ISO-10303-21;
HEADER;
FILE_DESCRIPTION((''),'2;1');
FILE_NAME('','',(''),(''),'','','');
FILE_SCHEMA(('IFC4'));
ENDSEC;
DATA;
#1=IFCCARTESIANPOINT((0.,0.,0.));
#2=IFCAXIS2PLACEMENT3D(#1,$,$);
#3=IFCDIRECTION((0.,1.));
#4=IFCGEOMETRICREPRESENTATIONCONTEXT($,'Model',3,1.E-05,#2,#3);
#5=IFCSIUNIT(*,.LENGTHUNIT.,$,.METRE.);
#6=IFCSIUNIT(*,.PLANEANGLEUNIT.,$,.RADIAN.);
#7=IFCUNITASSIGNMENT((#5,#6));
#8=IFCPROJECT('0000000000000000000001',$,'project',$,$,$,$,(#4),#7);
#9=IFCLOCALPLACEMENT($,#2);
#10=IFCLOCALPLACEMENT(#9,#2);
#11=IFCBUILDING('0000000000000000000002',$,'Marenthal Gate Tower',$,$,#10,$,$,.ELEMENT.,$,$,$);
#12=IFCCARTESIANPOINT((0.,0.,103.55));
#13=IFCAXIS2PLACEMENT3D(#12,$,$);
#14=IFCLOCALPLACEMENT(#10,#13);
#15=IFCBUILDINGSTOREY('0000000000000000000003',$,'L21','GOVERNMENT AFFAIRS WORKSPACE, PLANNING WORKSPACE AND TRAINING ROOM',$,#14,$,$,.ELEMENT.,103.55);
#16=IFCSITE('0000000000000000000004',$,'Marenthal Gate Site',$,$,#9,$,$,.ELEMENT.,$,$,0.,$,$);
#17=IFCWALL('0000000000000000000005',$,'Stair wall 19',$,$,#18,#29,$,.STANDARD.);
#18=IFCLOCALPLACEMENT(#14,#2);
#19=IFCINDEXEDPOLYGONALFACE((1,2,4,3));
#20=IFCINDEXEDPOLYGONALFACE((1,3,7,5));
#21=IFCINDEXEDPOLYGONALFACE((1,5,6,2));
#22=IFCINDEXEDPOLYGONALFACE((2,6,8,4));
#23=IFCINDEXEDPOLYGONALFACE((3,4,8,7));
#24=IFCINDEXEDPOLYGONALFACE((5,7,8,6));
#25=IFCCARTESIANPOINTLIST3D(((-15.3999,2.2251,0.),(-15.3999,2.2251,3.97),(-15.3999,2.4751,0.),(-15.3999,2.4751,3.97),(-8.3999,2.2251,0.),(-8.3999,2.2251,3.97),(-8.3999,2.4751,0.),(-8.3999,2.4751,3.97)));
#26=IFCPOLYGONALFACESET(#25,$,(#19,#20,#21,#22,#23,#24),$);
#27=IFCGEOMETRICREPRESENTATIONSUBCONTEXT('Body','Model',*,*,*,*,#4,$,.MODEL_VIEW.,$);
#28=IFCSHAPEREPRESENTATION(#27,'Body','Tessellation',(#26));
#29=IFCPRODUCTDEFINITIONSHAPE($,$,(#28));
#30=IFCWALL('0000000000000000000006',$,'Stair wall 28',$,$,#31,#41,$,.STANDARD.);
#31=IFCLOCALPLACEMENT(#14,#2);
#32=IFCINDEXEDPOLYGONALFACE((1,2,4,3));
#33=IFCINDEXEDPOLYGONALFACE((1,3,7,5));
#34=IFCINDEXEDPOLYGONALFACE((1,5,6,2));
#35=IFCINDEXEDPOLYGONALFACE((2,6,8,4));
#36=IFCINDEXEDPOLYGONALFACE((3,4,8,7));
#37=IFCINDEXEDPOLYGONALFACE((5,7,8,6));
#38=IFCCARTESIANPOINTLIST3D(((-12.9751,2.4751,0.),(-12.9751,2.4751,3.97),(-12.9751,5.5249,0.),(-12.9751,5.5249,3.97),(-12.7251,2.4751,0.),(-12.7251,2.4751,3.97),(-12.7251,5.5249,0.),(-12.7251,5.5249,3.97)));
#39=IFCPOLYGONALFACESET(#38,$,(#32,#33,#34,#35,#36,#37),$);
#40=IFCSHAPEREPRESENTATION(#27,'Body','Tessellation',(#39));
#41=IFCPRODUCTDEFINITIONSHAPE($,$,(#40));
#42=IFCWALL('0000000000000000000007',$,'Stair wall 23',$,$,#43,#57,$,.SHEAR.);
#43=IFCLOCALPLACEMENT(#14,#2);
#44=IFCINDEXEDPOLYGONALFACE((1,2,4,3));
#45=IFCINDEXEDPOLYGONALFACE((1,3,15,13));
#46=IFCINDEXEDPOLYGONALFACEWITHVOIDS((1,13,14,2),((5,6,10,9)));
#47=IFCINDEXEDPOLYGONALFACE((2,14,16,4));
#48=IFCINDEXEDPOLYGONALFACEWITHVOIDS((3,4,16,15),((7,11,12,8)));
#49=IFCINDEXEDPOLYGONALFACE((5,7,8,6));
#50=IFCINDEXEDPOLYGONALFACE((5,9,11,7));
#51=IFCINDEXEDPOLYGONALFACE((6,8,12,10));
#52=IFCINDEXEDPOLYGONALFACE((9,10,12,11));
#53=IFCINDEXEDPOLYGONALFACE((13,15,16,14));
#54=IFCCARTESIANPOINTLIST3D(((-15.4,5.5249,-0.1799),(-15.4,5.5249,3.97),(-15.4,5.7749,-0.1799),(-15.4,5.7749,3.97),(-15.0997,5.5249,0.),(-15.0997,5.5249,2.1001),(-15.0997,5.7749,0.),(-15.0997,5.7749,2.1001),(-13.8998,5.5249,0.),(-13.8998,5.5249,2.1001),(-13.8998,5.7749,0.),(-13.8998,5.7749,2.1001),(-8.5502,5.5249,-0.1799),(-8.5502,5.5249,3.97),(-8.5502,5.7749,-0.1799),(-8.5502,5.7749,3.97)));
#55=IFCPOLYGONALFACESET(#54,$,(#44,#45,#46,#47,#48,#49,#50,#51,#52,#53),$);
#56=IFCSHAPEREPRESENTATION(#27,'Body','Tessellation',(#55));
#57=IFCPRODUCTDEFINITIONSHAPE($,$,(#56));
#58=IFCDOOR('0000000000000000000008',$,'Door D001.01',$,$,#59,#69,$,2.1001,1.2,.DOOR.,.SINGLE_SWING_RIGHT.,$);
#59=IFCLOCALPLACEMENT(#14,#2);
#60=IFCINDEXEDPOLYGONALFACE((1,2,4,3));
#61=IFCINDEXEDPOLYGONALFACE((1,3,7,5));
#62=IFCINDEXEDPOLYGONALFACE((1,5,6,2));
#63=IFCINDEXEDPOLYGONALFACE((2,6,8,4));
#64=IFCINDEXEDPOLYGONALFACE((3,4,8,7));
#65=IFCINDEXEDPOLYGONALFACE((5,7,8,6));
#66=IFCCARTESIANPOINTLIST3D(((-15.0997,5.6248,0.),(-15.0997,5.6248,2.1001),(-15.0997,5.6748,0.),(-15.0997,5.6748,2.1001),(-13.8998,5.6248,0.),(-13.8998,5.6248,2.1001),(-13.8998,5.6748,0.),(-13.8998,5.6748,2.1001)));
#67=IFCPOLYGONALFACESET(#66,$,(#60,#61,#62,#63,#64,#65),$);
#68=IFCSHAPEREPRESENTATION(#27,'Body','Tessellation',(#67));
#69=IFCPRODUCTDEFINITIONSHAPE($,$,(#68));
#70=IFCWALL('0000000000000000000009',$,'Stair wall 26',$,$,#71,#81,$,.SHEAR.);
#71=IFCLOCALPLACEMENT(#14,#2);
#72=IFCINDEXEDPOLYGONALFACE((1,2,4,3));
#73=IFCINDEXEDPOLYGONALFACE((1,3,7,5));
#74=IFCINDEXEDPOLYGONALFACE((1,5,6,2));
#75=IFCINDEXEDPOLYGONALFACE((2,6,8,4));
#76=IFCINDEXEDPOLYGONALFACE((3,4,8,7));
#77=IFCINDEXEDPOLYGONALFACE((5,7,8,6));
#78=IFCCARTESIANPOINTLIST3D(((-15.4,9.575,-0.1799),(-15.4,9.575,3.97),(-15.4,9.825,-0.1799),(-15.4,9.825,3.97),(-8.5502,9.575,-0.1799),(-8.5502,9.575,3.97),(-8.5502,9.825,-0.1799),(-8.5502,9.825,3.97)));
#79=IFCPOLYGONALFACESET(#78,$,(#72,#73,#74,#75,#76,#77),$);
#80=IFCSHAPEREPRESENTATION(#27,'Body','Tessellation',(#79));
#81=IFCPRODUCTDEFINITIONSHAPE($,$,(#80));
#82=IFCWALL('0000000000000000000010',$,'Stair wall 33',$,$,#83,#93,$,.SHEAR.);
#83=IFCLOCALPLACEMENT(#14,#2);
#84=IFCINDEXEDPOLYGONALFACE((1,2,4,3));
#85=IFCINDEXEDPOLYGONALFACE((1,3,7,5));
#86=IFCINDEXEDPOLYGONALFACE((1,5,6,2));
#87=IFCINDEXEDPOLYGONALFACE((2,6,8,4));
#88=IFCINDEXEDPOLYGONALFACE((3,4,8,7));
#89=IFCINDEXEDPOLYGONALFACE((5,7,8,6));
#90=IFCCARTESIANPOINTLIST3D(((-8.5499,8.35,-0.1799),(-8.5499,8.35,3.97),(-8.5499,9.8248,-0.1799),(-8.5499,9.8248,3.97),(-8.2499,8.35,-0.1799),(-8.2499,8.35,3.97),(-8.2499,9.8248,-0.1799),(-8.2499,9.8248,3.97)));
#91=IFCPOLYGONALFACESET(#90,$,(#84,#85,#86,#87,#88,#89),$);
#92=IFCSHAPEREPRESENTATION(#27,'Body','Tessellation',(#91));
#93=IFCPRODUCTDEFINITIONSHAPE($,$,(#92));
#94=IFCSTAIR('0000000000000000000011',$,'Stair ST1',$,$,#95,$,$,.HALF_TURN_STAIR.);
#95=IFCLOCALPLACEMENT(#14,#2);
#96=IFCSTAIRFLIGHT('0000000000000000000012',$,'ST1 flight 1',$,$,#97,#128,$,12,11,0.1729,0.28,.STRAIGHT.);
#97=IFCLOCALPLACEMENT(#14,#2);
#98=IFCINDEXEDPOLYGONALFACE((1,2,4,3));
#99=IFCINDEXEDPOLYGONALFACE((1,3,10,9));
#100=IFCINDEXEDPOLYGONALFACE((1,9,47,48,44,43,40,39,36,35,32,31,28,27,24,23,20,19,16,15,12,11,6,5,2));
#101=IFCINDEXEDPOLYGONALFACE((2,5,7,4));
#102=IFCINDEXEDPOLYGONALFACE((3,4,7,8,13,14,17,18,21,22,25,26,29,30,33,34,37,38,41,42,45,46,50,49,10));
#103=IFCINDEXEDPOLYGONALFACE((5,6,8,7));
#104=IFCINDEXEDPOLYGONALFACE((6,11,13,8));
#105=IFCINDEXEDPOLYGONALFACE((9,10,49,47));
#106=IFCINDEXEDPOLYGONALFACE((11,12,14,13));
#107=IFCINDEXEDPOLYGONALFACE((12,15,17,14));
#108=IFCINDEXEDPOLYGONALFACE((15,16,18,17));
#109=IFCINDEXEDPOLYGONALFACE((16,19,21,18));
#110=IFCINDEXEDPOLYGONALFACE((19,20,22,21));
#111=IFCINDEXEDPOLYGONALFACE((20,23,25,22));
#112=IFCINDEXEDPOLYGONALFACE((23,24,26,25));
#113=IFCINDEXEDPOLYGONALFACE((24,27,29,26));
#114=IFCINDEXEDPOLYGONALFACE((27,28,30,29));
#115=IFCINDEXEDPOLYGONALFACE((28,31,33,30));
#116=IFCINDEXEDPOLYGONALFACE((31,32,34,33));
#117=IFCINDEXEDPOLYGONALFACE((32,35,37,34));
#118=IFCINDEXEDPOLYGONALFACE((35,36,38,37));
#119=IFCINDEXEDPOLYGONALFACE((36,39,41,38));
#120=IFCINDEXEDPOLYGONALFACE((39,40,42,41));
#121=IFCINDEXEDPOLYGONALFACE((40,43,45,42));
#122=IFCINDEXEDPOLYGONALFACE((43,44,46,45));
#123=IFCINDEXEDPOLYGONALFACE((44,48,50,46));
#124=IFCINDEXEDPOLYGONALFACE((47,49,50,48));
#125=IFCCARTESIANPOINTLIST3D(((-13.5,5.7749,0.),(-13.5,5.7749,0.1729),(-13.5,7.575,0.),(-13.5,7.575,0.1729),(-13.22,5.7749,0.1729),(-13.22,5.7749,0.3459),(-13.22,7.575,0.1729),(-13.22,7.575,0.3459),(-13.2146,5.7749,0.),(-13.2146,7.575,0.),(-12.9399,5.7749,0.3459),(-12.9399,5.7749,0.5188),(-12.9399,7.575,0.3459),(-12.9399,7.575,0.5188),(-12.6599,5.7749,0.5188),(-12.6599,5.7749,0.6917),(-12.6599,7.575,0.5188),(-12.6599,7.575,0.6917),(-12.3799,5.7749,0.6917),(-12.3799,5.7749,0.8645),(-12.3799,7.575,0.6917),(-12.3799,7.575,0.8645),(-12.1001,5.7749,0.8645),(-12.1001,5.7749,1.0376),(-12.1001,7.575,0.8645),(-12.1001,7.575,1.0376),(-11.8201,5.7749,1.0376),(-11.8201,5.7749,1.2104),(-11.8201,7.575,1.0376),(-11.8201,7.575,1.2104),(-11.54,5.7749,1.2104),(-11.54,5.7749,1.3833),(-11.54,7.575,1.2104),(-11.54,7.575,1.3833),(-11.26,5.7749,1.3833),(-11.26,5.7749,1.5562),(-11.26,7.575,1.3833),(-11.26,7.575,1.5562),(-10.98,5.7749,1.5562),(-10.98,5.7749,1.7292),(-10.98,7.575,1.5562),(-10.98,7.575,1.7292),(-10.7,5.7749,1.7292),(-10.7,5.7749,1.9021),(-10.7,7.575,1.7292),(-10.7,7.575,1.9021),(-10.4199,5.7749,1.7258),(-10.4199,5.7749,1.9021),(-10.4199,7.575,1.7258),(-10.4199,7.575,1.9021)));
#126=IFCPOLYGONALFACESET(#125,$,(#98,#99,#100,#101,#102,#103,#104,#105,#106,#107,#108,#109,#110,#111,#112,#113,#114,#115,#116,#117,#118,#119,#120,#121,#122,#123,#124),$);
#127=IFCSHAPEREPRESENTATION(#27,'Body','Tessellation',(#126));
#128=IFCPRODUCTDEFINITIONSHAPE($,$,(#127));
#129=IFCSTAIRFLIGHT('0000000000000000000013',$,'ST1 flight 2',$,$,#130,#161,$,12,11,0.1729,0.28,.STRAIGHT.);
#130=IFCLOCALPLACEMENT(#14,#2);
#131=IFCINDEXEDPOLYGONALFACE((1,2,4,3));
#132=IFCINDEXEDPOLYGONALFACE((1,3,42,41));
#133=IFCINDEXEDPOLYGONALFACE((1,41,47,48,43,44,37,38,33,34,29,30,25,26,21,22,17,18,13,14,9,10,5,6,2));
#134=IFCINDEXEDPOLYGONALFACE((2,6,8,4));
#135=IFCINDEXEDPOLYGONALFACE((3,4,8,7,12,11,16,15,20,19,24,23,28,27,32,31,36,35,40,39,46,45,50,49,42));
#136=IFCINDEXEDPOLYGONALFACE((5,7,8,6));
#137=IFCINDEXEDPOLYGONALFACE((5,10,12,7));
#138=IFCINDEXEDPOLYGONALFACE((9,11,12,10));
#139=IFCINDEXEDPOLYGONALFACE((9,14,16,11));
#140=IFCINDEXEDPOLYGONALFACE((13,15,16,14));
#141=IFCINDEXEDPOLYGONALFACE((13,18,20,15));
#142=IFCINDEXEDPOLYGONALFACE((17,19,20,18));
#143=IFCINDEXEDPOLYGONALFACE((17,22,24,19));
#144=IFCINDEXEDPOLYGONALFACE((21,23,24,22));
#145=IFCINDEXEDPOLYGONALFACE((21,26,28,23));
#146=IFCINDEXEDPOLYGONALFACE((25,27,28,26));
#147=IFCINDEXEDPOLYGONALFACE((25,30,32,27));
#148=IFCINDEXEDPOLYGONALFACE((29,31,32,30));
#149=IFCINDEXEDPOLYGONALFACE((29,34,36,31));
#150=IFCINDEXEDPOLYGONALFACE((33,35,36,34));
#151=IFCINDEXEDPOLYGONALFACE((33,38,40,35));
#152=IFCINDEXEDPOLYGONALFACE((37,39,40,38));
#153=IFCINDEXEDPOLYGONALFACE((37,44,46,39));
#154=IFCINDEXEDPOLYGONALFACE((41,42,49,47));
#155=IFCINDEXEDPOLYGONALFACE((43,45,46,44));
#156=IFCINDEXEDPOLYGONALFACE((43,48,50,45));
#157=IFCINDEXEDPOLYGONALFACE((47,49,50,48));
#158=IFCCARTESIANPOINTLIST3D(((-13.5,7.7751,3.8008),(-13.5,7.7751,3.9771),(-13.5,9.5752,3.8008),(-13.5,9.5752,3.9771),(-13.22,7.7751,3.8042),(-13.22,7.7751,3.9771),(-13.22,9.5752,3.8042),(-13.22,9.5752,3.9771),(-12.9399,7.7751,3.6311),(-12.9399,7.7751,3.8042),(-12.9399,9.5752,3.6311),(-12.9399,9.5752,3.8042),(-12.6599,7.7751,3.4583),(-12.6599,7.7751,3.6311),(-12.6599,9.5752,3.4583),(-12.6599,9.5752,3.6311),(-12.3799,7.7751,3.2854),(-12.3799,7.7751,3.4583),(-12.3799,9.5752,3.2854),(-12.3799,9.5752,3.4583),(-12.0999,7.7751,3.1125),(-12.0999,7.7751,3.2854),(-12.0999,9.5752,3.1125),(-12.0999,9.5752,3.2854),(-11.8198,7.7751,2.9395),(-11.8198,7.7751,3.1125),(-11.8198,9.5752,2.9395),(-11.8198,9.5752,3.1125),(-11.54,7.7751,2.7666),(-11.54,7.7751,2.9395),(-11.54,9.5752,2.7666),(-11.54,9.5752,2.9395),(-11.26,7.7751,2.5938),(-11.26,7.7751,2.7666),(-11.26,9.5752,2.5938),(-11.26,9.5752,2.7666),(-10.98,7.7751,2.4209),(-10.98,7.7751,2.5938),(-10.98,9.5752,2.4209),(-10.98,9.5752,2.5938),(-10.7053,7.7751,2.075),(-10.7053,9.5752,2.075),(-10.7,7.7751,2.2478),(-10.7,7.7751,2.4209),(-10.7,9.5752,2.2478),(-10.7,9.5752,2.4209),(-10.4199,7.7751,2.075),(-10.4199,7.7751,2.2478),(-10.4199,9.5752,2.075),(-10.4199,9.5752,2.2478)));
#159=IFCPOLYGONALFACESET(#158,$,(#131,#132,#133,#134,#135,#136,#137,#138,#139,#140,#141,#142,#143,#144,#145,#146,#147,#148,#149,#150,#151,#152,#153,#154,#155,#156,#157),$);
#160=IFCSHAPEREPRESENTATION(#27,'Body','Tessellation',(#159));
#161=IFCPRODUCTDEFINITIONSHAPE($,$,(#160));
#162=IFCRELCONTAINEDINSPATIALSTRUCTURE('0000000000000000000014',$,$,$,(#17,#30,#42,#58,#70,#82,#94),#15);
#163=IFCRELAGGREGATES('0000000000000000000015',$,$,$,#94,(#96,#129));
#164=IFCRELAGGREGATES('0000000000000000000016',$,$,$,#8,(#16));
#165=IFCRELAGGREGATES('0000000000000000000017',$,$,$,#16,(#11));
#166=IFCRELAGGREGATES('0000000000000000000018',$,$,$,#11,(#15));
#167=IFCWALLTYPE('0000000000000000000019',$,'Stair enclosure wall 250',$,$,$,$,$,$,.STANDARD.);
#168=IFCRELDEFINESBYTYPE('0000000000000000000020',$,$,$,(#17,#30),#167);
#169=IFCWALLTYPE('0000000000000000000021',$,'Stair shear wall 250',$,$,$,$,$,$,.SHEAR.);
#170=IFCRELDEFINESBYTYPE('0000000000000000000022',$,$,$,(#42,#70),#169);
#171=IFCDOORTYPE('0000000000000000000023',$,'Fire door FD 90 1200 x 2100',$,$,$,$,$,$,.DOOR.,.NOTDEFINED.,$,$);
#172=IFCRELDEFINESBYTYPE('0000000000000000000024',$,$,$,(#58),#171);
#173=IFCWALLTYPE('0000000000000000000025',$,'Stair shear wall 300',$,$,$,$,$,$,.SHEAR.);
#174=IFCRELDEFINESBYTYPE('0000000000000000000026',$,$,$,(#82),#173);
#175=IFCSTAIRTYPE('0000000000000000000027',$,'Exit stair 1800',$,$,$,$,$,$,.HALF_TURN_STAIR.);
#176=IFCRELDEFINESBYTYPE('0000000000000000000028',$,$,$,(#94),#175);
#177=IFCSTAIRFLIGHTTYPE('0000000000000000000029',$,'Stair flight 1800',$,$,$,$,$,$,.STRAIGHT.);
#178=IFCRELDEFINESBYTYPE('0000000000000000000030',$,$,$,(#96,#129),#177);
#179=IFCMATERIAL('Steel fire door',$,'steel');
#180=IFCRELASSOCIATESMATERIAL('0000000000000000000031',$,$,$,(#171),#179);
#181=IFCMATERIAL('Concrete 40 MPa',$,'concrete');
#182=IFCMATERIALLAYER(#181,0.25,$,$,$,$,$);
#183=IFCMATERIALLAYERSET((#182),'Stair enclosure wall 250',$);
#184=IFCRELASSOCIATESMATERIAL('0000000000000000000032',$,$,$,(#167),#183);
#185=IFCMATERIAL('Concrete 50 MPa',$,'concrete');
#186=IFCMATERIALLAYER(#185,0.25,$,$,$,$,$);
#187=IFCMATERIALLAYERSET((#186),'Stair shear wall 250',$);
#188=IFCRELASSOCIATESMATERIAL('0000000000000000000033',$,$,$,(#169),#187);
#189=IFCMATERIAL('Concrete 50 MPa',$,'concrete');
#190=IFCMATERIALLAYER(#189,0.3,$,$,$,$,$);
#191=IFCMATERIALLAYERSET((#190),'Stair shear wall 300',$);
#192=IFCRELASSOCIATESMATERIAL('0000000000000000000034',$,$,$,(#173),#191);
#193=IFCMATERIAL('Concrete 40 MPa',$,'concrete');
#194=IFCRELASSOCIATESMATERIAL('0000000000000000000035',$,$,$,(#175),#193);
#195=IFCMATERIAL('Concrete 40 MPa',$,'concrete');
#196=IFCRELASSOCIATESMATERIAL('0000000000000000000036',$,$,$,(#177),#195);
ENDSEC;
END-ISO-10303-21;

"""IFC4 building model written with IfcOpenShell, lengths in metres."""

from ifc_helpers import new_model, si_unit, direction, frame, frame_2d, origin, place, context, subcontext, project, spatial, polyline, rectangle, outline, extrude, material, layer, layer_set, type_object, element, fill, aggregate, save


model = new_model("IFC4")

# Units and contexts
model_context = context("Model", 3, precision=1e-05, world=origin(), true_north=direction((0.0, 1.0)))
body_context = subcontext(model_context, "Body", "Model", "MODEL_VIEW")
ifc_project = project(units=[si_unit("LENGTHUNIT", "METRE"), si_unit("PLANEANGLEUNIT", "RADIAN")], contexts=[model_context])

# Site, building, storey
site_placement = place(None, origin())
site = spatial("IfcSite", under=ifc_project, at=site_placement, Name="Marenthal Gate Site", CompositionType="ELEMENT", RefElevation=0.0)
building_placement = place(site_placement, origin())
building = spatial("IfcBuilding", under=site, at=building_placement, Name="Marenthal Gate Tower", CompositionType="ELEMENT")
storey_placement = place(building_placement, frame((0.0, 0.0, 103.55)))
storey = spatial("IfcBuildingStorey", under=building, at=storey_placement, Name="L21", Description="GOVERNMENT AFFAIRS WORKSPACE, PLANNING WORKSPACE AND TRAINING ROOM", CompositionType="ELEMENT", Elevation=103.55)

# Shared definitions
ifc_material_1 = material(Name="Steel fire door", Category="steel")
door_type_1 = type_object("IfcDoorType", Name="Fire door FD 90 1200 x 2100", OperationType="NOTDEFINED", PredefinedType="DOOR", material=ifc_material_1)

# Walls
ifc_material_2 = material(Name="Concrete 40 MPa", Category="concrete")
ifc_layer_1 = layer(ifc_material_2, 0.25)
ifc_layer_set_1 = layer_set([ifc_layer_1], Name="Stair enclosure wall 250")
wall_type_1 = type_object("IfcWallType", Name="Stair enclosure wall 250", PredefinedType="STANDARD", material=ifc_layer_set_1)
wall_1_placement = place(storey_placement, frame((-15.3999, 2.3501, 0.0), z_axis=(0.0, 0.0, 1.0), x_axis=(1.0, 0.0, 0.0)))
element("IfcWall", 1, at=wall_1_placement, inside=storey, type_object=wall_type_1, Name="Stair wall 19", PredefinedType="STANDARD", context=body_context, shape_type="SweptSolid", body=[
    extrude(rectangle(XDim=7.0, YDim=0.25, at=frame_2d((3.5, 0.0))), origin(), (0.0, 0.0, 1.0), 3.97),
])
wall_2_placement = place(storey_placement, frame((-12.8501, 2.4751, 0.0), z_axis=(0.0, 0.0, 1.0), x_axis=(0.0, 1.0, 0.0)))
element("IfcWall", 2, at=wall_2_placement, inside=storey, type_object=wall_type_1, Name="Stair wall 28", PredefinedType="STANDARD", context=body_context, shape_type="SweptSolid", body=[
    extrude(rectangle(XDim=3.0498, YDim=0.25, at=frame_2d((1.5249, 0.0))), origin(), (0.0, 0.0, 1.0), 3.97),
])

# Wall, opening, door
ifc_material_3 = material(Name="Concrete 50 MPa", Category="concrete")
ifc_layer_2 = layer(ifc_material_3, 0.25)
ifc_layer_set_2 = layer_set([ifc_layer_2], Name="Stair shear wall 250")
wall_type_2 = type_object("IfcWallType", Name="Stair shear wall 250", PredefinedType="SHEAR", material=ifc_layer_set_2)
wall_3_placement = place(storey_placement, frame((-15.3999, 5.6499, -0.1799), z_axis=(0.0, 0.0, 1.0), x_axis=(1.0, 0.0, 0.0)))
wall_3 = element("IfcWall", 3, at=wall_3_placement, inside=storey, type_object=wall_type_2, Name="Stair wall 23", PredefinedType="SHEAR", context=body_context, shape_type="SweptSolid", body=[
    extrude(rectangle(XDim=6.8499, YDim=0.25, at=frame_2d((3.4248, 0.0))), origin(), (0.0, 0.0, 1.0), 4.1499),
])
opening_1_placement = place(wall_3_placement, frame((0.3, 0.0, 0.1799)))
opening_1 = element("IfcOpeningElement", 4, at=opening_1_placement, cuts=wall_3, PredefinedType="OPENING", context=body_context, shape_type="SweptSolid", body=[
    extrude(rectangle(XDim=1.2, YDim=2.1001, at=frame_2d((0.6001, 1.05))), frame((0.0, 0.135, 0.0), z_axis=(0.0, -1.0, 0.0), x_axis=(1.0, 0.0, 0.0)), (0.0, 0.0, 1.0), 0.27),
])
door_1_placement = place(opening_1_placement, origin())
door_1 = element("IfcDoor", 5, at=door_1_placement, inside=storey, type_object=door_type_1, Name="Door D001.01", OperationType="SINGLE_SWING_RIGHT", OverallHeight=2.1001, OverallWidth=1.2, PredefinedType="DOOR", context=body_context, shape_type="SweptSolid", body=[
    extrude(rectangle(XDim=1.2, YDim=2.1001, at=frame_2d((0.6001, 1.05))), frame((0.0, 0.0249, 0.0), z_axis=(0.0, -1.0, 0.0), x_axis=(1.0, 0.0, 0.0)), (0.0, 0.0, 1.0), 0.05),
])
fill(opening_1, door_1)

# Walls
wall_4_placement = place(storey_placement, frame((-15.3999, 9.7, -0.1799), z_axis=(0.0, 0.0, 1.0), x_axis=(1.0, 0.0, 0.0)))
element("IfcWall", 6, at=wall_4_placement, inside=storey, type_object=wall_type_2, Name="Stair wall 26", PredefinedType="SHEAR", context=body_context, shape_type="SweptSolid", body=[
    extrude(rectangle(XDim=6.8499, YDim=0.25, at=frame_2d((3.4248, 0.0))), origin(), (0.0, 0.0, 1.0), 4.1499),
])
ifc_material_4 = material(Name="Concrete 50 MPa", Category="concrete")
ifc_layer_3 = layer(ifc_material_4, 0.3)
ifc_layer_set_3 = layer_set([ifc_layer_3], Name="Stair shear wall 300")
wall_type_3 = type_object("IfcWallType", Name="Stair shear wall 300", PredefinedType="SHEAR", material=ifc_layer_set_3)
wall_5_placement = place(storey_placement, frame((-8.3999, 8.3501, -0.1799), z_axis=(0.0, 0.0, 1.0), x_axis=(0.0, 1.0, 0.0)))
element("IfcWall", 7, at=wall_5_placement, inside=storey, type_object=wall_type_3, Name="Stair wall 33", PredefinedType="SHEAR", context=body_context, shape_type="SweptSolid", body=[
    extrude(rectangle(XDim=1.4749, YDim=0.3, at=frame_2d((0.7373, 0.0))), origin(), (0.0, 0.0, 1.0), 4.1499),
])

# Stair, stair flights
ifc_material_5 = material(Name="Concrete 40 MPa", Category="concrete")
stair_type = type_object("IfcStairType", Name="Exit stair 1800", PredefinedType="HALF_TURN_STAIR", material=ifc_material_5)
stair_placement = place(storey_placement, origin())
stair = element("IfcStair", 8, at=stair_placement, inside=storey, type_object=stair_type, Name="Stair ST1", PredefinedType="HALF_TURN_STAIR")
ifc_material_6 = material(Name="Concrete 40 MPa", Category="concrete")
stair_flight_type = type_object("IfcStairFlightType", Name="Stair flight 1800", PredefinedType="STRAIGHT", material=ifc_material_6)
stair_flight_1_placement = place(storey_placement, frame((-13.5, 6.675, 0.0), z_axis=(0.0, 0.0, 1.0), x_axis=(1.0, 0.0, 0.0)))
stair_flight_1 = element("IfcStairFlight", 9, at=stair_flight_1_placement, type_object=stair_flight_type, Name="ST1 flight 1", NumberOfRisers=12, NumberOfTreads=11, PredefinedType="STRAIGHT", RiserHeight=0.1729, TreadLength=0.28, context=body_context, shape_type="SweptSolid", body=[
    extrude(outline(polyline([(0.0, 0.0), (0.0, 0.1729), (0.28, 0.1729), (0.28, 0.3459), (0.5601, 0.3459), (0.5601, 0.5188), (0.8401, 0.5188), (0.8401, 0.6917), (1.1201, 0.6917), (1.1201, 0.8645), (1.3999, 0.8645), (1.3999, 1.0376), (1.6799, 1.0376), (1.6799, 1.2104), (1.96, 1.2104), (1.96, 1.3833), (2.24, 1.3833), (2.24, 1.5562), (2.52, 1.5562), (2.52, 1.7292), (2.8, 1.7292), (2.8, 1.9021), (3.0801, 1.9021), (3.0801, 2.075), (3.0801, 1.7258), (0.2854, 0.0), (0.0, 0.0)])), frame((0.0, 0.8999, 0.0), z_axis=(0.0, -1.0, 0.0), x_axis=(1.0, 0.0, 0.0)), (0.0, 0.0, 1.0), 1.8),
])
stair_flight_2_placement = place(storey_placement, frame((-10.4199, 8.675, 2.075), z_axis=(0.0, 0.0, 1.0), x_axis=(-1.0, 0.0, 0.0)))
stair_flight_2 = element("IfcStairFlight", 10, at=stair_flight_2_placement, type_object=stair_flight_type, Name="ST1 flight 2", NumberOfRisers=12, NumberOfTreads=11, PredefinedType="STRAIGHT", RiserHeight=0.1729, TreadLength=0.28, context=body_context, shape_type="SweptSolid", body=[
    extrude(outline(polyline([(0.0, 0.0), (0.0, 0.1729), (0.28, 0.1729), (0.28, 0.3459), (0.5601, 0.3459), (0.5601, 0.5188), (0.8401, 0.5188), (0.8401, 0.6917), (1.1201, 0.6917), (1.1201, 0.8645), (1.3999, 0.8645), (1.3999, 1.0376), (1.6799, 1.0376), (1.6799, 1.2104), (1.96, 1.2104), (1.96, 1.3833), (2.24, 1.3833), (2.24, 1.5562), (2.52, 1.5562), (2.52, 1.7292), (2.8, 1.7292), (2.8, 1.9021), (3.0801, 1.9021), (3.0801, 2.075), (3.0801, 1.7258), (0.2854, 0.0), (0.0, 0.0)])), frame((0.0, 0.8999, 0.0), z_axis=(0.0, -1.0, 0.0), x_axis=(1.0, 0.0, 0.0)), (0.0, 0.0, 1.0), 1.8),
])
aggregate(stair, [stair_flight_1, stair_flight_2])

save(model, "model.ifc")
